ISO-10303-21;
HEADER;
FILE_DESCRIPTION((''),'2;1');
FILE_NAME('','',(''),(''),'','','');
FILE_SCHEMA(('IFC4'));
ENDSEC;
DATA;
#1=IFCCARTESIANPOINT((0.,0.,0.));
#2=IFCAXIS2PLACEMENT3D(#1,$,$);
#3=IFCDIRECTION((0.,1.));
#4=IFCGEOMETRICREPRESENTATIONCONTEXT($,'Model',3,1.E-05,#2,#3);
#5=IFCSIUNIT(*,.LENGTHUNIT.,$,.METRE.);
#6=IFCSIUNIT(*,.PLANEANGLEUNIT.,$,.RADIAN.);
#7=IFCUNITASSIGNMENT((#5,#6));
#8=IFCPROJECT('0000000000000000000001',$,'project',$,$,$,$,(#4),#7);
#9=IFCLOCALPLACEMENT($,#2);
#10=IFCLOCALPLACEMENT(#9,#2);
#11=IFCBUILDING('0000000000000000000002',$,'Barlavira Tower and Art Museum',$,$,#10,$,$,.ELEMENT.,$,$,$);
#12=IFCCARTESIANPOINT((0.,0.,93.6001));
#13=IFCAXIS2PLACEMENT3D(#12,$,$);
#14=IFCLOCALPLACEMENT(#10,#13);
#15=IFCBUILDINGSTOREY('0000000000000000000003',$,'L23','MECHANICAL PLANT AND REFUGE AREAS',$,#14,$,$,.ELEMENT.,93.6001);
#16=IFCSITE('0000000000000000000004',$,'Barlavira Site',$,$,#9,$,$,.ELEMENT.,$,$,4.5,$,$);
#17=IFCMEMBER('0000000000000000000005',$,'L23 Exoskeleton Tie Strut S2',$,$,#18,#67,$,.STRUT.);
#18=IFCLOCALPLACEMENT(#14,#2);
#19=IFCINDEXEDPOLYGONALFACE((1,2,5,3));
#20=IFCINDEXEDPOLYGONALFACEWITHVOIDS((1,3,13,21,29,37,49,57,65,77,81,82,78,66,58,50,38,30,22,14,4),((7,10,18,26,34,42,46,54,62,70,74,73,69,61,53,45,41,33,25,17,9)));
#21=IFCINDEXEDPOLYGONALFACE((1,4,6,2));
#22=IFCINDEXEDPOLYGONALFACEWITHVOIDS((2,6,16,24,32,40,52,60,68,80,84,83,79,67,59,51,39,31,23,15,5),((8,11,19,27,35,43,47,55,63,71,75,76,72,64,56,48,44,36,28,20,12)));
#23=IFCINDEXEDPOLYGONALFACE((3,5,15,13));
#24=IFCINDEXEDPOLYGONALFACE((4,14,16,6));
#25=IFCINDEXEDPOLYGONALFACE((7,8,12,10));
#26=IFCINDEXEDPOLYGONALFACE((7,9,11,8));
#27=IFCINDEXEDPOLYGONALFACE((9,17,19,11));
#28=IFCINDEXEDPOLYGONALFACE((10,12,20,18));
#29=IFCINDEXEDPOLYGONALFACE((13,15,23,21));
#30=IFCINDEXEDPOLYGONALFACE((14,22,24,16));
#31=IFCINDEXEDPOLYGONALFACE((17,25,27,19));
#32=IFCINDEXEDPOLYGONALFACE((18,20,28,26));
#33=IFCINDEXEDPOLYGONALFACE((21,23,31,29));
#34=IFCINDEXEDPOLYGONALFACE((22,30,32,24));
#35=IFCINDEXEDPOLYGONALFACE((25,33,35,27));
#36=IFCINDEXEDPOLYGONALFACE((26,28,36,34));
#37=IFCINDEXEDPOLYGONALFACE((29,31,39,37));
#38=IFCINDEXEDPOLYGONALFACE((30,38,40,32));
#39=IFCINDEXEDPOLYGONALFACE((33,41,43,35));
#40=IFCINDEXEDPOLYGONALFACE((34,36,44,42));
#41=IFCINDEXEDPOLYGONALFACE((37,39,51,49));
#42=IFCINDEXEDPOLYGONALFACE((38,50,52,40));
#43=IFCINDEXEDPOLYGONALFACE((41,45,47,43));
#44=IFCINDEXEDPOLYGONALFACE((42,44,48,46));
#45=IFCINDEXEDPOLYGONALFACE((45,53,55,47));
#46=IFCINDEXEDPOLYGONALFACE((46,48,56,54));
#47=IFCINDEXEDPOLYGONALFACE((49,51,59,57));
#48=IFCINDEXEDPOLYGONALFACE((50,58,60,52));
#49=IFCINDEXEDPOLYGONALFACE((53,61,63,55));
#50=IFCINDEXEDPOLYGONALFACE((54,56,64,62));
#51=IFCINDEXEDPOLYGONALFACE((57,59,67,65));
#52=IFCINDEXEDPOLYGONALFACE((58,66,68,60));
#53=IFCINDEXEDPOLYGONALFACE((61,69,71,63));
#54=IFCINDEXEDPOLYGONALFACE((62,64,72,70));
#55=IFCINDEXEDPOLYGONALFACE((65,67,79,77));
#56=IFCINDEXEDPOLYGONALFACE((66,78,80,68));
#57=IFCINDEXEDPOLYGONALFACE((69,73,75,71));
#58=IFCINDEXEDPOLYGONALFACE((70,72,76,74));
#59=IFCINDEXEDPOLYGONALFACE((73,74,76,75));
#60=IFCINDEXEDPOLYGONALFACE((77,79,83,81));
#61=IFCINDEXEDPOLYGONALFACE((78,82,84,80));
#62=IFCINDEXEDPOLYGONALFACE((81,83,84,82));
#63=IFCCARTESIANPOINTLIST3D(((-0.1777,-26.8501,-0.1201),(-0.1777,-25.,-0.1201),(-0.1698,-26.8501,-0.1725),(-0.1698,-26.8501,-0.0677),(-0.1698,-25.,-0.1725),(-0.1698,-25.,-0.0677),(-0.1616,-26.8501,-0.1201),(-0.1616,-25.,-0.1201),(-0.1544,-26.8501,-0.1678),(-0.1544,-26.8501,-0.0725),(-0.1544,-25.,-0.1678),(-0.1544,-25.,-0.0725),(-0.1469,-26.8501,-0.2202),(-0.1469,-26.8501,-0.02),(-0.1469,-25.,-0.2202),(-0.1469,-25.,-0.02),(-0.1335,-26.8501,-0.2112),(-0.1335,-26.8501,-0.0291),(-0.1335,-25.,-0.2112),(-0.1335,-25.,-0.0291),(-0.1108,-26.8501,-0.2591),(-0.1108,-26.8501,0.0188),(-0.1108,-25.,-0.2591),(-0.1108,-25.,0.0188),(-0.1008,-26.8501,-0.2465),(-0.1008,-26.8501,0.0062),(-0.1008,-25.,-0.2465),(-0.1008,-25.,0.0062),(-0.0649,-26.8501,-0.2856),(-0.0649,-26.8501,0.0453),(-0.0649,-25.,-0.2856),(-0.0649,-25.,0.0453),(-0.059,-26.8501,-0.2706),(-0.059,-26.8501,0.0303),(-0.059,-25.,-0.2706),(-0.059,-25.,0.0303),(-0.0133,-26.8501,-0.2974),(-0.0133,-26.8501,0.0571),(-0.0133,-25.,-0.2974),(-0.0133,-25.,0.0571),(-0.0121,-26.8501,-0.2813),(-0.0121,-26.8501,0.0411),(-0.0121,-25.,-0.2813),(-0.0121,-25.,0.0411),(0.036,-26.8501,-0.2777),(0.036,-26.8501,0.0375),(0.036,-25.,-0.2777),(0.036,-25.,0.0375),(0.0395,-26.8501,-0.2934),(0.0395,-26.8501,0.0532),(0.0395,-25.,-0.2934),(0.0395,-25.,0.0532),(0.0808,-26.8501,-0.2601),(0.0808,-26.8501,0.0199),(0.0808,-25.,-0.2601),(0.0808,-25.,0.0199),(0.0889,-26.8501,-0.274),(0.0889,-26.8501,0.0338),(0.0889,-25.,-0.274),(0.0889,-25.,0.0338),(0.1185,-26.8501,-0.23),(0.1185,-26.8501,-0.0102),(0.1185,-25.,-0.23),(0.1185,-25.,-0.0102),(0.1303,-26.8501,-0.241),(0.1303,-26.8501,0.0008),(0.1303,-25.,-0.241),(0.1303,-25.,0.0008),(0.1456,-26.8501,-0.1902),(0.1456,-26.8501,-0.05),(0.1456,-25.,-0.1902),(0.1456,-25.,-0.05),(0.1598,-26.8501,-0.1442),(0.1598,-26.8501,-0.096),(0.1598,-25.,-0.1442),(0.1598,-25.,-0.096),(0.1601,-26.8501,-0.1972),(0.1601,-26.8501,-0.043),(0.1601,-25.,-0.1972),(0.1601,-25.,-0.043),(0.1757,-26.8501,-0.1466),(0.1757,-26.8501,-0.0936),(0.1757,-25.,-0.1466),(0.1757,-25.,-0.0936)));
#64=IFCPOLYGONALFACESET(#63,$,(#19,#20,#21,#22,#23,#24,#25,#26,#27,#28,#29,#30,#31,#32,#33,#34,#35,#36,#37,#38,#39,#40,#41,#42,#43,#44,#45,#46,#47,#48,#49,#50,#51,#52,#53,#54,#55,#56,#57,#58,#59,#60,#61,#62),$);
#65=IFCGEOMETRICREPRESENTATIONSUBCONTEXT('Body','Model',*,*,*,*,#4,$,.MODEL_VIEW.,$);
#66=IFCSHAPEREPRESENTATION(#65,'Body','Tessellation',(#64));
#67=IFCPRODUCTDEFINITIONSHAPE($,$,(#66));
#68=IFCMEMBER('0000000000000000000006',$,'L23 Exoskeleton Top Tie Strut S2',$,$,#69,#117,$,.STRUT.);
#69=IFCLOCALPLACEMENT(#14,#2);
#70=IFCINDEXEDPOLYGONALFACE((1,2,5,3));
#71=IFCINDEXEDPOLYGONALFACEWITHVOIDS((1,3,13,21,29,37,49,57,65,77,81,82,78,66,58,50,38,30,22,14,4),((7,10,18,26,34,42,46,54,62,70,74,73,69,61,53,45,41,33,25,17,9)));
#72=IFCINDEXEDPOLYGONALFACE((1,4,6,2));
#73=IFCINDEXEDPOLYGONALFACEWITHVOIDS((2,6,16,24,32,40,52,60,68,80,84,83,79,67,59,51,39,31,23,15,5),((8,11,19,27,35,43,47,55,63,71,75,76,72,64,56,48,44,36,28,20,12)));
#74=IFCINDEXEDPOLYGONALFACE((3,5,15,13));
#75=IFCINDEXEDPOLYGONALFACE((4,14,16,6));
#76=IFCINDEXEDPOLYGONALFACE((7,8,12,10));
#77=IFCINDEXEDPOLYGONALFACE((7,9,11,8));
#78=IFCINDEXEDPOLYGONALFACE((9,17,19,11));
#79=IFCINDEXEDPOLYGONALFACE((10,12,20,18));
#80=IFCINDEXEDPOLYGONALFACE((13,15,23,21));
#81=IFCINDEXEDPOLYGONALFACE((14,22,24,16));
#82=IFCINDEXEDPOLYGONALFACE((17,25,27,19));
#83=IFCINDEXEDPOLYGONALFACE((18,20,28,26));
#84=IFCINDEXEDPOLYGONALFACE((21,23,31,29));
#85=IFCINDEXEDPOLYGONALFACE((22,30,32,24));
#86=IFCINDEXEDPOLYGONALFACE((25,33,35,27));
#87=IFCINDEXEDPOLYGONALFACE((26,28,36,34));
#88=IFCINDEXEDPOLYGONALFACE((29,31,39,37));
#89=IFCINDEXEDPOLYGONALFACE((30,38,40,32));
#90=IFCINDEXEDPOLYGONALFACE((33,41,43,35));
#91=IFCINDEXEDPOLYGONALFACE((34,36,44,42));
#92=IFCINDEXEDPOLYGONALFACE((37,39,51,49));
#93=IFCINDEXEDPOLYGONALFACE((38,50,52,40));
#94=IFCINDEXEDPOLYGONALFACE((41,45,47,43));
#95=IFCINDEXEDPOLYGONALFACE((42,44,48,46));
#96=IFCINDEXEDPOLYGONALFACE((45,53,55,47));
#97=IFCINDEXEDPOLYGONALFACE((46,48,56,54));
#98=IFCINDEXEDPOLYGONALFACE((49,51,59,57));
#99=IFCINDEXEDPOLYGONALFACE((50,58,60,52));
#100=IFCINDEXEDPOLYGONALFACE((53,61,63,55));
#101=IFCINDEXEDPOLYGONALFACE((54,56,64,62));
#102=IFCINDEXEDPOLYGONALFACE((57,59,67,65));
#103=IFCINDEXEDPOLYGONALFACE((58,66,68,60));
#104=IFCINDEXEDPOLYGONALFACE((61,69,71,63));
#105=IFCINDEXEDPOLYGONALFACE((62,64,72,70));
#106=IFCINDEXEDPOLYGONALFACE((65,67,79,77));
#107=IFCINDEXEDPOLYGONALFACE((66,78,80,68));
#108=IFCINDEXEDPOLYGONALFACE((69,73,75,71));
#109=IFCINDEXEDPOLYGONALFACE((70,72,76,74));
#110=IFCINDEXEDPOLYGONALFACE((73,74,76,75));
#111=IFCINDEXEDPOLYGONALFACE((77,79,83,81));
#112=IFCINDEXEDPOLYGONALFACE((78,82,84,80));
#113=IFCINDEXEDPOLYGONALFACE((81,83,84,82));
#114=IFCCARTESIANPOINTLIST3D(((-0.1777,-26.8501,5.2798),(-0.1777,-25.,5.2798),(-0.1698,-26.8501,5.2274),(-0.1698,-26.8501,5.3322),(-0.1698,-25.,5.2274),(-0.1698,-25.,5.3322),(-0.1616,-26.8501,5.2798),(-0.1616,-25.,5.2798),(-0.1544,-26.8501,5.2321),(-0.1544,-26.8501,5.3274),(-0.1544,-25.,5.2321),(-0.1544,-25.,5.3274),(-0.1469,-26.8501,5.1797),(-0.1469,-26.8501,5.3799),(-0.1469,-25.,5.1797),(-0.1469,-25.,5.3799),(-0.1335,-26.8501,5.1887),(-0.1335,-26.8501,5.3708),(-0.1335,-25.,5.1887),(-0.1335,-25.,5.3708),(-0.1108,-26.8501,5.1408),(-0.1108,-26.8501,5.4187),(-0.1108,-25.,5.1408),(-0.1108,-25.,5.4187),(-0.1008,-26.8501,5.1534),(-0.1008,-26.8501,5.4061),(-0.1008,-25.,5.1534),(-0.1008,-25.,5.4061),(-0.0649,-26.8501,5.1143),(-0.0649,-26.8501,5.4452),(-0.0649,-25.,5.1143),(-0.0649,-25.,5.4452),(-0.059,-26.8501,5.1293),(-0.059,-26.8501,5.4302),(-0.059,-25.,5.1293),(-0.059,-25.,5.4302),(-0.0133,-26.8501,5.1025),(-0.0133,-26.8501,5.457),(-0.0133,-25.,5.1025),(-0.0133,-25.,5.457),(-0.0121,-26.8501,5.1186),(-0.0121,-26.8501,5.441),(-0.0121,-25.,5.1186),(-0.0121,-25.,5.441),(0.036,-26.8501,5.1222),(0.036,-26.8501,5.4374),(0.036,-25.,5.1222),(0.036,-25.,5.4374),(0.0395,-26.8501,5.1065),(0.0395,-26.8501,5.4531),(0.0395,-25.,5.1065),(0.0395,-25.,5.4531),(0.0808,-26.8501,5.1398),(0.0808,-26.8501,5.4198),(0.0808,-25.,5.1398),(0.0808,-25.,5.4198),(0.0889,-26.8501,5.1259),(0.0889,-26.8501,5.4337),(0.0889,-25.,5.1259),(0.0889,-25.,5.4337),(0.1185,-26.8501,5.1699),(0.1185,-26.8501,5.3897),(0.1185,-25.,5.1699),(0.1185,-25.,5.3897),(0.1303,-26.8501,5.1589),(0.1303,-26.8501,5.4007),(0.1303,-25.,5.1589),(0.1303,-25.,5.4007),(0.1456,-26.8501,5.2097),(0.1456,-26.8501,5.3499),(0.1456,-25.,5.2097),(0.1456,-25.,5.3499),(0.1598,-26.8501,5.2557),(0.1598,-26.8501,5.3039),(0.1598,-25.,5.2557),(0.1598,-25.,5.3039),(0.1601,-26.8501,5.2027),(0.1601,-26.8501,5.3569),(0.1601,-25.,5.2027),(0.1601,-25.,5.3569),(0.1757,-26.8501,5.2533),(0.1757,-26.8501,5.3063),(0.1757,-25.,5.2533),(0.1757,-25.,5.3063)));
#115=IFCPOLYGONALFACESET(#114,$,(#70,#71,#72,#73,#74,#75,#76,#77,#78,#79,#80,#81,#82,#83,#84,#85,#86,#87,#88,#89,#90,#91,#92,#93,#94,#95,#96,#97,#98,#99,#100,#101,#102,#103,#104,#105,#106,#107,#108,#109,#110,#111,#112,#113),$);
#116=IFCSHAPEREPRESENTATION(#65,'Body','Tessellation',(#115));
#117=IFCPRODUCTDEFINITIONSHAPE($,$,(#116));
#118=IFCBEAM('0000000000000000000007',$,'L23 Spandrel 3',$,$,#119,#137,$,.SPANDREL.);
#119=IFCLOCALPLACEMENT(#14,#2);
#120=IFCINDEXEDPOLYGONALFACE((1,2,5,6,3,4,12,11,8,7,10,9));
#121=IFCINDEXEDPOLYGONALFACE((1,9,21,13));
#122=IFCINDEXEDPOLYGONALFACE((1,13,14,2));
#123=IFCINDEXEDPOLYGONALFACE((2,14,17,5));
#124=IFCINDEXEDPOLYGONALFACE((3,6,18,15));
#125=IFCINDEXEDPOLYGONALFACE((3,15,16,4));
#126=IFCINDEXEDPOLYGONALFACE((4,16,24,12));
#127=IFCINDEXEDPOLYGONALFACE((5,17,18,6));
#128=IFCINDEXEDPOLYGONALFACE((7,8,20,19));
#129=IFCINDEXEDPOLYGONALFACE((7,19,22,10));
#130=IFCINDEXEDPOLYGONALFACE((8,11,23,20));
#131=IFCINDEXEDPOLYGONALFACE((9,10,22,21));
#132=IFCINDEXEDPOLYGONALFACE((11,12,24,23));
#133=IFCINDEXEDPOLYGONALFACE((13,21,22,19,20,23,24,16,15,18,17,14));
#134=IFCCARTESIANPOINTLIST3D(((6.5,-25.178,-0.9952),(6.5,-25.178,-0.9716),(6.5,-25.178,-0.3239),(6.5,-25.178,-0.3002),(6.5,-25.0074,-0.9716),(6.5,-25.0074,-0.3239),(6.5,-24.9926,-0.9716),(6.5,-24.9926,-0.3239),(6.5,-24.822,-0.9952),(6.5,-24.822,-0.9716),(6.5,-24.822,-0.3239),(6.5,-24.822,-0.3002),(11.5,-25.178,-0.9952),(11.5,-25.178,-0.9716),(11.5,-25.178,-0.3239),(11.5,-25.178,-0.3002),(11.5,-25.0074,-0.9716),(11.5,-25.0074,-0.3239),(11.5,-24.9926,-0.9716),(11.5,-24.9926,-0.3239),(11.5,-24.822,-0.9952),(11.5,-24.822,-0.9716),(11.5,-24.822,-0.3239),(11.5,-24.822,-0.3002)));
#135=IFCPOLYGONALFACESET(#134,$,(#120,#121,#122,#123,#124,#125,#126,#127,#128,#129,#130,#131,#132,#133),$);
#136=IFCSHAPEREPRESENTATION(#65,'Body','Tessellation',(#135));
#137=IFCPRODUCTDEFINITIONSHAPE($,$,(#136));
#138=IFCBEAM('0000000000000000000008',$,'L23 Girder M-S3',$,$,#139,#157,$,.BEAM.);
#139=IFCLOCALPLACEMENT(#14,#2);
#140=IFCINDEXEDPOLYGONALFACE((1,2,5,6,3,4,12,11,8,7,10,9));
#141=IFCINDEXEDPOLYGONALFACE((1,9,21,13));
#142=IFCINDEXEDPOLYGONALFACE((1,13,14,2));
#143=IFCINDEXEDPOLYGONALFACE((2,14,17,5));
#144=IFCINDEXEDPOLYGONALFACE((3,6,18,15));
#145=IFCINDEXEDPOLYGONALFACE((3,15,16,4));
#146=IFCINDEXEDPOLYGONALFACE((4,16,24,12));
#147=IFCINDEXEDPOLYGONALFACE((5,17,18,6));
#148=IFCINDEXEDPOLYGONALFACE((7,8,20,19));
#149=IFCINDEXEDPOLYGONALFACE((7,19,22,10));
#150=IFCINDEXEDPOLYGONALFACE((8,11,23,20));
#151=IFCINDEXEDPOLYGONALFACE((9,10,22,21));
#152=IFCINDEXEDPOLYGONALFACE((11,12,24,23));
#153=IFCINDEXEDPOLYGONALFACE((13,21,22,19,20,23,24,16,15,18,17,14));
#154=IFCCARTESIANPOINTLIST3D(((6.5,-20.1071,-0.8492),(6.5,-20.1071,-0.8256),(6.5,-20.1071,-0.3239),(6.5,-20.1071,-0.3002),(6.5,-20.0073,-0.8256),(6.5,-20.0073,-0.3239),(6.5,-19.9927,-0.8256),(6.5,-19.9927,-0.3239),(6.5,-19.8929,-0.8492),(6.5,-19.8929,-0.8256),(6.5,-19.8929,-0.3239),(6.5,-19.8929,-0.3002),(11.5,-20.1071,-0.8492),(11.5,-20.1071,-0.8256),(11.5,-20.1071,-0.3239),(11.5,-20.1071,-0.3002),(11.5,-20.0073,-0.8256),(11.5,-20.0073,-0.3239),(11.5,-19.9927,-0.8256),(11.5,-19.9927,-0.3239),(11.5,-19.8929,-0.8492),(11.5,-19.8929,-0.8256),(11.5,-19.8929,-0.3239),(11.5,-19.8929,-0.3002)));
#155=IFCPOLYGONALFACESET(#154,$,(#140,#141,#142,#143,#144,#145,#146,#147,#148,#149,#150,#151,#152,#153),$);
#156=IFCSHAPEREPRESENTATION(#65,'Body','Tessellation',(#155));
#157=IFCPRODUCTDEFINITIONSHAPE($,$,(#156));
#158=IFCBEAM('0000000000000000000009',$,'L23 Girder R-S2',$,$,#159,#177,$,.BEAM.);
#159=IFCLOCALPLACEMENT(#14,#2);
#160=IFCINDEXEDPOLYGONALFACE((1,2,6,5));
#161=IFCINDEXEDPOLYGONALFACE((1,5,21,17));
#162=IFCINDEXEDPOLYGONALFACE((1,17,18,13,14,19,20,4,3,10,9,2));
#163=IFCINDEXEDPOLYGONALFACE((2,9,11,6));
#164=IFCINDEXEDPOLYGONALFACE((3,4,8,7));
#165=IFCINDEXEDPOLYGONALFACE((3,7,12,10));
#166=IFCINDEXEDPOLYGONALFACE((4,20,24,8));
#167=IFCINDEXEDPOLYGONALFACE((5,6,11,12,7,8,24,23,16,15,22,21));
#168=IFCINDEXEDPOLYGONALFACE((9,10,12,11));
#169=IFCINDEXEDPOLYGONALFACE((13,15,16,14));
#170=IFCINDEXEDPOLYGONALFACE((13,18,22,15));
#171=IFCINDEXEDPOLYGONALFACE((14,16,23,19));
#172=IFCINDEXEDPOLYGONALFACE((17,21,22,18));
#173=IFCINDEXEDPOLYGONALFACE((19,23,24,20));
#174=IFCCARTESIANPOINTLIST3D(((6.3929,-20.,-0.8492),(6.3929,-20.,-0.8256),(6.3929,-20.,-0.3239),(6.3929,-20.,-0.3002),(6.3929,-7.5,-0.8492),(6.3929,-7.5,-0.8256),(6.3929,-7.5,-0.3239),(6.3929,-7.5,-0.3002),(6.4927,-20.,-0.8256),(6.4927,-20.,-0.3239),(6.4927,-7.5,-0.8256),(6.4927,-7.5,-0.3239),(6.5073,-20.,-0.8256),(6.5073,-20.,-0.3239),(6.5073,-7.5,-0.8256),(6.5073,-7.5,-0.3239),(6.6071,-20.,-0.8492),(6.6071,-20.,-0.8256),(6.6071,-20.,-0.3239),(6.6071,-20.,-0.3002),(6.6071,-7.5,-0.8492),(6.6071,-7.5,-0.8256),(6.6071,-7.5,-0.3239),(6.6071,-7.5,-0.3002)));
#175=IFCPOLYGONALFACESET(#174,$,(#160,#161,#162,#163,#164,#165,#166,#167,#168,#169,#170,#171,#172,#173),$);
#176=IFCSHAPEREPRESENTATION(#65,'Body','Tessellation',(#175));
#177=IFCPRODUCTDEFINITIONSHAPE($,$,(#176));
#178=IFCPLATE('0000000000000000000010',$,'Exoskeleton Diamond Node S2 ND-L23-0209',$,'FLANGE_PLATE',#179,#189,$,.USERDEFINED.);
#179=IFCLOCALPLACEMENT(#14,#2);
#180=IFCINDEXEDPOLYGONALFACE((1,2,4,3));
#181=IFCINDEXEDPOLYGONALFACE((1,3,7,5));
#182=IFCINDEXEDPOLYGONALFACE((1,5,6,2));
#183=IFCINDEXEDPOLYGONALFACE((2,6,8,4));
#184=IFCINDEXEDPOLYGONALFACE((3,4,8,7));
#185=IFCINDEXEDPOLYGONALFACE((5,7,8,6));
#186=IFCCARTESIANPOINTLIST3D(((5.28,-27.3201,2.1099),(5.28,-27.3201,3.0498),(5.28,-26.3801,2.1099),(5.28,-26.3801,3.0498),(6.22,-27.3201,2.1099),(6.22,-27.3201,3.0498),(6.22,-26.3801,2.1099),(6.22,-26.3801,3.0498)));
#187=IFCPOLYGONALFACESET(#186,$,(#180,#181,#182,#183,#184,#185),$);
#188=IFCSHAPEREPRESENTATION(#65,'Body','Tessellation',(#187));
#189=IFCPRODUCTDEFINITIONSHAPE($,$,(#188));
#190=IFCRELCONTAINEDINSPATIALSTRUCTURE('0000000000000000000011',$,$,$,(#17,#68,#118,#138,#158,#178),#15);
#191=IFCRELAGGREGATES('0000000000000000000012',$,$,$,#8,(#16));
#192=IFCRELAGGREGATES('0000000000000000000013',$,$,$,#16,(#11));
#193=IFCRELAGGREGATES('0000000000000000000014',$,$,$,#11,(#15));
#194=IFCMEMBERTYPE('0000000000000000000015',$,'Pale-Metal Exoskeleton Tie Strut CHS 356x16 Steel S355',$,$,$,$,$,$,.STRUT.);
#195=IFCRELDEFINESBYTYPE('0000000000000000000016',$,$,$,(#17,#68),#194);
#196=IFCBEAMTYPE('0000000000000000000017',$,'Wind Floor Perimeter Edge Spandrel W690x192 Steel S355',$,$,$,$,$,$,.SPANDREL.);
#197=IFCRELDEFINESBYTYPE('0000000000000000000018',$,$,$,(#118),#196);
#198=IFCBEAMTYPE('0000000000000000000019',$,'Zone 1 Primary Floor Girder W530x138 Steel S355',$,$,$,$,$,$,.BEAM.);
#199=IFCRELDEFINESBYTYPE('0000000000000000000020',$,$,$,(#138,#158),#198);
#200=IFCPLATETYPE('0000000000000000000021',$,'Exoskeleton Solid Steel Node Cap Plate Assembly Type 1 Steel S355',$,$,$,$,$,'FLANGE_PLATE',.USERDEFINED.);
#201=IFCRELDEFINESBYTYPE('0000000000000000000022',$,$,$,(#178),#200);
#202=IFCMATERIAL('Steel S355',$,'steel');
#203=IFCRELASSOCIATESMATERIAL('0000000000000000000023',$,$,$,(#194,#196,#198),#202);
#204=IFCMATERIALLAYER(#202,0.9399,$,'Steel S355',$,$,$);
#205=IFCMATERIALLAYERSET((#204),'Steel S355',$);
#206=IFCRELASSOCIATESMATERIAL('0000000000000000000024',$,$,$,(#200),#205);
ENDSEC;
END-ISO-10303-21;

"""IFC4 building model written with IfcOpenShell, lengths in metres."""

from ifc_helpers import new_model, si_unit, direction, frame, origin, origin_2d, place, context, subcontext, project, spatial, rectangle, hollow_circle, i_section, extrude, material, layer, layer_set, material_profile, profile_set, type_object, element, save


model = new_model("IFC4")

# Units and contexts
model_context = context("Model", 3, precision=1e-05, world=origin(), true_north=direction((0.0, 1.0)))
body_context = subcontext(model_context, "Body", "Model", "MODEL_VIEW")
ifc_project = project(units=[si_unit("LENGTHUNIT", "METRE"), si_unit("PLANEANGLEUNIT", "RADIAN")], contexts=[model_context])

# Site, building, storey
site_placement = place(None, origin())
site = spatial("IfcSite", under=ifc_project, at=site_placement, Name="Barlavira Site", CompositionType="ELEMENT", RefElevation=4.5)
building_placement = place(site_placement, origin())
building = spatial("IfcBuilding", under=site, at=building_placement, Name="Barlavira Tower and Art Museum", CompositionType="ELEMENT")
storey_placement = place(building_placement, frame((0.0, 0.0, 93.6001)))
storey = spatial("IfcBuildingStorey", under=building, at=storey_placement, Name="L23", Description="MECHANICAL PLANT AND REFUGE AREAS", CompositionType="ELEMENT", Elevation=93.6001)

# Members
ifc_material_1 = material(Name="Steel S355", Category="steel")
ifc_material_profile_1 = material_profile(ifc_material_1, hollow_circle(Radius=0.1777, WallThickness=0.0161, at=origin_2d()), Name="CHS 355.6x16.0")
ifc_profile_set_1 = profile_set([ifc_material_profile_1], Name="Steel S355")
member_type_1 = type_object("IfcMemberType", Name="Pale-Metal Exoskeleton Tie Strut CHS 356x16 Steel S355", PredefinedType="STRUT", material=ifc_profile_set_1)
for number, where, z_axis, x_axis, name in (
    (1, (0.0, -26.8501, -0.1201), (0.0, 1.0, 0.0), (-1.0, 0.0, 0.0), "L23 Exoskeleton Tie Strut S2"),
    (2, (0.0, -26.8501, 5.2798), (0.0, 1.0, 0.0), (-1.0, 0.0, 0.0), "L23 Exoskeleton Top Tie Strut S2"),
):
    element("IfcMember", number, at=place(storey_placement, frame(where, z_axis=z_axis, x_axis=x_axis)), inside=storey, type_object=member_type_1, Name=name, PredefinedType="STRUT", context=body_context, shape_type="SweptSolid", body=[
        extrude(hollow_circle(Radius=0.1777, WallThickness=0.0161, at=origin_2d()), origin(), (0.0, 0.0, 1.0), 1.8501),
    ])

# Beams
ifc_material_profile_2 = material_profile(ifc_material_1, i_section(OverallWidth=0.356, OverallDepth=0.6951, WebThickness=0.0149, FlangeThickness=0.0237, at=origin_2d()), Name="W690x192.0")
ifc_profile_set_2 = profile_set([ifc_material_profile_2], Name="Steel S355")
beam_type_1 = type_object("IfcBeamType", Name="Wind Floor Perimeter Edge Spandrel W690x192 Steel S355", PredefinedType="SPANDREL", material=ifc_profile_set_2)
beam_1_placement = place(storey_placement, frame((6.5, -25.0, -0.6477), z_axis=(1.0, 0.0, 0.0), x_axis=(0.0, 1.0, 0.0)))
element("IfcBeam", 3, at=beam_1_placement, inside=storey, type_object=beam_type_1, Name="L23 Spandrel 3", PredefinedType="SPANDREL", context=body_context, shape_type="SweptSolid", body=[
    extrude(i_section(OverallWidth=0.356, OverallDepth=0.6951, WebThickness=0.0149, FlangeThickness=0.0237, at=origin_2d()), origin(), (0.0, 0.0, 1.0), 5.0),
])
ifc_material_profile_3 = material_profile(ifc_material_1, i_section(OverallWidth=0.2141, OverallDepth=0.5491, WebThickness=0.0146, FlangeThickness=0.0237, at=origin_2d()), Name="W530x138.0")
ifc_profile_set_3 = profile_set([ifc_material_profile_3], Name="Steel S355")
beam_type_2 = type_object("IfcBeamType", Name="Zone 1 Primary Floor Girder W530x138 Steel S355", PredefinedType="BEAM", material=ifc_profile_set_3)
beam_2_placement = place(storey_placement, frame((6.5, -20.0, -0.5747), z_axis=(1.0, 0.0, 0.0), x_axis=(0.0, 1.0, 0.0)))
element("IfcBeam", 4, at=beam_2_placement, inside=storey, type_object=beam_type_2, Name="L23 Girder M-S3", PredefinedType="BEAM", context=body_context, shape_type="SweptSolid", body=[
    extrude(i_section(OverallWidth=0.2141, OverallDepth=0.5491, WebThickness=0.0146, FlangeThickness=0.0237, at=origin_2d()), origin(), (0.0, 0.0, 1.0), 5.0),
])
beam_3_placement = place(storey_placement, frame((6.5, -20.0, -0.5747), z_axis=(0.0, 1.0, 0.0), x_axis=(-1.0, 0.0, 0.0)))
element("IfcBeam", 5, at=beam_3_placement, inside=storey, type_object=beam_type_2, Name="L23 Girder R-S2", PredefinedType="BEAM", context=body_context, shape_type="SweptSolid", body=[
    extrude(i_section(OverallWidth=0.2141, OverallDepth=0.5491, WebThickness=0.0146, FlangeThickness=0.0237, at=origin_2d()), origin(), (0.0, 0.0, 1.0), 12.5),
])

# Plate
ifc_layer_1 = layer(ifc_material_1, 0.9399, Name="Steel S355")
ifc_layer_set_1 = layer_set([ifc_layer_1], Name="Steel S355")
plate_type_1 = type_object("IfcPlateType", Name="Exoskeleton Solid Steel Node Cap Plate Assembly Type 1 Steel S355", ElementType="FLANGE_PLATE", PredefinedType="USERDEFINED", material=ifc_layer_set_1)
plate_placement = place(storey_placement, frame((5.75, -26.8501, 2.1099), z_axis=(0.0, 0.0, 1.0), x_axis=(1.0, 0.0, 0.0)))
element("IfcPlate", 6, at=plate_placement, inside=storey, type_object=plate_type_1, Name="Exoskeleton Diamond Node S2 ND-L23-0209", ObjectType="FLANGE_PLATE", PredefinedType="USERDEFINED", context=body_context, shape_type="SweptSolid", body=[
    extrude(rectangle(XDim=0.9399, YDim=0.9399, at=origin_2d()), origin(), (0.0, 0.0, 1.0), 0.9399),
])

save(model, "model.ifc")
